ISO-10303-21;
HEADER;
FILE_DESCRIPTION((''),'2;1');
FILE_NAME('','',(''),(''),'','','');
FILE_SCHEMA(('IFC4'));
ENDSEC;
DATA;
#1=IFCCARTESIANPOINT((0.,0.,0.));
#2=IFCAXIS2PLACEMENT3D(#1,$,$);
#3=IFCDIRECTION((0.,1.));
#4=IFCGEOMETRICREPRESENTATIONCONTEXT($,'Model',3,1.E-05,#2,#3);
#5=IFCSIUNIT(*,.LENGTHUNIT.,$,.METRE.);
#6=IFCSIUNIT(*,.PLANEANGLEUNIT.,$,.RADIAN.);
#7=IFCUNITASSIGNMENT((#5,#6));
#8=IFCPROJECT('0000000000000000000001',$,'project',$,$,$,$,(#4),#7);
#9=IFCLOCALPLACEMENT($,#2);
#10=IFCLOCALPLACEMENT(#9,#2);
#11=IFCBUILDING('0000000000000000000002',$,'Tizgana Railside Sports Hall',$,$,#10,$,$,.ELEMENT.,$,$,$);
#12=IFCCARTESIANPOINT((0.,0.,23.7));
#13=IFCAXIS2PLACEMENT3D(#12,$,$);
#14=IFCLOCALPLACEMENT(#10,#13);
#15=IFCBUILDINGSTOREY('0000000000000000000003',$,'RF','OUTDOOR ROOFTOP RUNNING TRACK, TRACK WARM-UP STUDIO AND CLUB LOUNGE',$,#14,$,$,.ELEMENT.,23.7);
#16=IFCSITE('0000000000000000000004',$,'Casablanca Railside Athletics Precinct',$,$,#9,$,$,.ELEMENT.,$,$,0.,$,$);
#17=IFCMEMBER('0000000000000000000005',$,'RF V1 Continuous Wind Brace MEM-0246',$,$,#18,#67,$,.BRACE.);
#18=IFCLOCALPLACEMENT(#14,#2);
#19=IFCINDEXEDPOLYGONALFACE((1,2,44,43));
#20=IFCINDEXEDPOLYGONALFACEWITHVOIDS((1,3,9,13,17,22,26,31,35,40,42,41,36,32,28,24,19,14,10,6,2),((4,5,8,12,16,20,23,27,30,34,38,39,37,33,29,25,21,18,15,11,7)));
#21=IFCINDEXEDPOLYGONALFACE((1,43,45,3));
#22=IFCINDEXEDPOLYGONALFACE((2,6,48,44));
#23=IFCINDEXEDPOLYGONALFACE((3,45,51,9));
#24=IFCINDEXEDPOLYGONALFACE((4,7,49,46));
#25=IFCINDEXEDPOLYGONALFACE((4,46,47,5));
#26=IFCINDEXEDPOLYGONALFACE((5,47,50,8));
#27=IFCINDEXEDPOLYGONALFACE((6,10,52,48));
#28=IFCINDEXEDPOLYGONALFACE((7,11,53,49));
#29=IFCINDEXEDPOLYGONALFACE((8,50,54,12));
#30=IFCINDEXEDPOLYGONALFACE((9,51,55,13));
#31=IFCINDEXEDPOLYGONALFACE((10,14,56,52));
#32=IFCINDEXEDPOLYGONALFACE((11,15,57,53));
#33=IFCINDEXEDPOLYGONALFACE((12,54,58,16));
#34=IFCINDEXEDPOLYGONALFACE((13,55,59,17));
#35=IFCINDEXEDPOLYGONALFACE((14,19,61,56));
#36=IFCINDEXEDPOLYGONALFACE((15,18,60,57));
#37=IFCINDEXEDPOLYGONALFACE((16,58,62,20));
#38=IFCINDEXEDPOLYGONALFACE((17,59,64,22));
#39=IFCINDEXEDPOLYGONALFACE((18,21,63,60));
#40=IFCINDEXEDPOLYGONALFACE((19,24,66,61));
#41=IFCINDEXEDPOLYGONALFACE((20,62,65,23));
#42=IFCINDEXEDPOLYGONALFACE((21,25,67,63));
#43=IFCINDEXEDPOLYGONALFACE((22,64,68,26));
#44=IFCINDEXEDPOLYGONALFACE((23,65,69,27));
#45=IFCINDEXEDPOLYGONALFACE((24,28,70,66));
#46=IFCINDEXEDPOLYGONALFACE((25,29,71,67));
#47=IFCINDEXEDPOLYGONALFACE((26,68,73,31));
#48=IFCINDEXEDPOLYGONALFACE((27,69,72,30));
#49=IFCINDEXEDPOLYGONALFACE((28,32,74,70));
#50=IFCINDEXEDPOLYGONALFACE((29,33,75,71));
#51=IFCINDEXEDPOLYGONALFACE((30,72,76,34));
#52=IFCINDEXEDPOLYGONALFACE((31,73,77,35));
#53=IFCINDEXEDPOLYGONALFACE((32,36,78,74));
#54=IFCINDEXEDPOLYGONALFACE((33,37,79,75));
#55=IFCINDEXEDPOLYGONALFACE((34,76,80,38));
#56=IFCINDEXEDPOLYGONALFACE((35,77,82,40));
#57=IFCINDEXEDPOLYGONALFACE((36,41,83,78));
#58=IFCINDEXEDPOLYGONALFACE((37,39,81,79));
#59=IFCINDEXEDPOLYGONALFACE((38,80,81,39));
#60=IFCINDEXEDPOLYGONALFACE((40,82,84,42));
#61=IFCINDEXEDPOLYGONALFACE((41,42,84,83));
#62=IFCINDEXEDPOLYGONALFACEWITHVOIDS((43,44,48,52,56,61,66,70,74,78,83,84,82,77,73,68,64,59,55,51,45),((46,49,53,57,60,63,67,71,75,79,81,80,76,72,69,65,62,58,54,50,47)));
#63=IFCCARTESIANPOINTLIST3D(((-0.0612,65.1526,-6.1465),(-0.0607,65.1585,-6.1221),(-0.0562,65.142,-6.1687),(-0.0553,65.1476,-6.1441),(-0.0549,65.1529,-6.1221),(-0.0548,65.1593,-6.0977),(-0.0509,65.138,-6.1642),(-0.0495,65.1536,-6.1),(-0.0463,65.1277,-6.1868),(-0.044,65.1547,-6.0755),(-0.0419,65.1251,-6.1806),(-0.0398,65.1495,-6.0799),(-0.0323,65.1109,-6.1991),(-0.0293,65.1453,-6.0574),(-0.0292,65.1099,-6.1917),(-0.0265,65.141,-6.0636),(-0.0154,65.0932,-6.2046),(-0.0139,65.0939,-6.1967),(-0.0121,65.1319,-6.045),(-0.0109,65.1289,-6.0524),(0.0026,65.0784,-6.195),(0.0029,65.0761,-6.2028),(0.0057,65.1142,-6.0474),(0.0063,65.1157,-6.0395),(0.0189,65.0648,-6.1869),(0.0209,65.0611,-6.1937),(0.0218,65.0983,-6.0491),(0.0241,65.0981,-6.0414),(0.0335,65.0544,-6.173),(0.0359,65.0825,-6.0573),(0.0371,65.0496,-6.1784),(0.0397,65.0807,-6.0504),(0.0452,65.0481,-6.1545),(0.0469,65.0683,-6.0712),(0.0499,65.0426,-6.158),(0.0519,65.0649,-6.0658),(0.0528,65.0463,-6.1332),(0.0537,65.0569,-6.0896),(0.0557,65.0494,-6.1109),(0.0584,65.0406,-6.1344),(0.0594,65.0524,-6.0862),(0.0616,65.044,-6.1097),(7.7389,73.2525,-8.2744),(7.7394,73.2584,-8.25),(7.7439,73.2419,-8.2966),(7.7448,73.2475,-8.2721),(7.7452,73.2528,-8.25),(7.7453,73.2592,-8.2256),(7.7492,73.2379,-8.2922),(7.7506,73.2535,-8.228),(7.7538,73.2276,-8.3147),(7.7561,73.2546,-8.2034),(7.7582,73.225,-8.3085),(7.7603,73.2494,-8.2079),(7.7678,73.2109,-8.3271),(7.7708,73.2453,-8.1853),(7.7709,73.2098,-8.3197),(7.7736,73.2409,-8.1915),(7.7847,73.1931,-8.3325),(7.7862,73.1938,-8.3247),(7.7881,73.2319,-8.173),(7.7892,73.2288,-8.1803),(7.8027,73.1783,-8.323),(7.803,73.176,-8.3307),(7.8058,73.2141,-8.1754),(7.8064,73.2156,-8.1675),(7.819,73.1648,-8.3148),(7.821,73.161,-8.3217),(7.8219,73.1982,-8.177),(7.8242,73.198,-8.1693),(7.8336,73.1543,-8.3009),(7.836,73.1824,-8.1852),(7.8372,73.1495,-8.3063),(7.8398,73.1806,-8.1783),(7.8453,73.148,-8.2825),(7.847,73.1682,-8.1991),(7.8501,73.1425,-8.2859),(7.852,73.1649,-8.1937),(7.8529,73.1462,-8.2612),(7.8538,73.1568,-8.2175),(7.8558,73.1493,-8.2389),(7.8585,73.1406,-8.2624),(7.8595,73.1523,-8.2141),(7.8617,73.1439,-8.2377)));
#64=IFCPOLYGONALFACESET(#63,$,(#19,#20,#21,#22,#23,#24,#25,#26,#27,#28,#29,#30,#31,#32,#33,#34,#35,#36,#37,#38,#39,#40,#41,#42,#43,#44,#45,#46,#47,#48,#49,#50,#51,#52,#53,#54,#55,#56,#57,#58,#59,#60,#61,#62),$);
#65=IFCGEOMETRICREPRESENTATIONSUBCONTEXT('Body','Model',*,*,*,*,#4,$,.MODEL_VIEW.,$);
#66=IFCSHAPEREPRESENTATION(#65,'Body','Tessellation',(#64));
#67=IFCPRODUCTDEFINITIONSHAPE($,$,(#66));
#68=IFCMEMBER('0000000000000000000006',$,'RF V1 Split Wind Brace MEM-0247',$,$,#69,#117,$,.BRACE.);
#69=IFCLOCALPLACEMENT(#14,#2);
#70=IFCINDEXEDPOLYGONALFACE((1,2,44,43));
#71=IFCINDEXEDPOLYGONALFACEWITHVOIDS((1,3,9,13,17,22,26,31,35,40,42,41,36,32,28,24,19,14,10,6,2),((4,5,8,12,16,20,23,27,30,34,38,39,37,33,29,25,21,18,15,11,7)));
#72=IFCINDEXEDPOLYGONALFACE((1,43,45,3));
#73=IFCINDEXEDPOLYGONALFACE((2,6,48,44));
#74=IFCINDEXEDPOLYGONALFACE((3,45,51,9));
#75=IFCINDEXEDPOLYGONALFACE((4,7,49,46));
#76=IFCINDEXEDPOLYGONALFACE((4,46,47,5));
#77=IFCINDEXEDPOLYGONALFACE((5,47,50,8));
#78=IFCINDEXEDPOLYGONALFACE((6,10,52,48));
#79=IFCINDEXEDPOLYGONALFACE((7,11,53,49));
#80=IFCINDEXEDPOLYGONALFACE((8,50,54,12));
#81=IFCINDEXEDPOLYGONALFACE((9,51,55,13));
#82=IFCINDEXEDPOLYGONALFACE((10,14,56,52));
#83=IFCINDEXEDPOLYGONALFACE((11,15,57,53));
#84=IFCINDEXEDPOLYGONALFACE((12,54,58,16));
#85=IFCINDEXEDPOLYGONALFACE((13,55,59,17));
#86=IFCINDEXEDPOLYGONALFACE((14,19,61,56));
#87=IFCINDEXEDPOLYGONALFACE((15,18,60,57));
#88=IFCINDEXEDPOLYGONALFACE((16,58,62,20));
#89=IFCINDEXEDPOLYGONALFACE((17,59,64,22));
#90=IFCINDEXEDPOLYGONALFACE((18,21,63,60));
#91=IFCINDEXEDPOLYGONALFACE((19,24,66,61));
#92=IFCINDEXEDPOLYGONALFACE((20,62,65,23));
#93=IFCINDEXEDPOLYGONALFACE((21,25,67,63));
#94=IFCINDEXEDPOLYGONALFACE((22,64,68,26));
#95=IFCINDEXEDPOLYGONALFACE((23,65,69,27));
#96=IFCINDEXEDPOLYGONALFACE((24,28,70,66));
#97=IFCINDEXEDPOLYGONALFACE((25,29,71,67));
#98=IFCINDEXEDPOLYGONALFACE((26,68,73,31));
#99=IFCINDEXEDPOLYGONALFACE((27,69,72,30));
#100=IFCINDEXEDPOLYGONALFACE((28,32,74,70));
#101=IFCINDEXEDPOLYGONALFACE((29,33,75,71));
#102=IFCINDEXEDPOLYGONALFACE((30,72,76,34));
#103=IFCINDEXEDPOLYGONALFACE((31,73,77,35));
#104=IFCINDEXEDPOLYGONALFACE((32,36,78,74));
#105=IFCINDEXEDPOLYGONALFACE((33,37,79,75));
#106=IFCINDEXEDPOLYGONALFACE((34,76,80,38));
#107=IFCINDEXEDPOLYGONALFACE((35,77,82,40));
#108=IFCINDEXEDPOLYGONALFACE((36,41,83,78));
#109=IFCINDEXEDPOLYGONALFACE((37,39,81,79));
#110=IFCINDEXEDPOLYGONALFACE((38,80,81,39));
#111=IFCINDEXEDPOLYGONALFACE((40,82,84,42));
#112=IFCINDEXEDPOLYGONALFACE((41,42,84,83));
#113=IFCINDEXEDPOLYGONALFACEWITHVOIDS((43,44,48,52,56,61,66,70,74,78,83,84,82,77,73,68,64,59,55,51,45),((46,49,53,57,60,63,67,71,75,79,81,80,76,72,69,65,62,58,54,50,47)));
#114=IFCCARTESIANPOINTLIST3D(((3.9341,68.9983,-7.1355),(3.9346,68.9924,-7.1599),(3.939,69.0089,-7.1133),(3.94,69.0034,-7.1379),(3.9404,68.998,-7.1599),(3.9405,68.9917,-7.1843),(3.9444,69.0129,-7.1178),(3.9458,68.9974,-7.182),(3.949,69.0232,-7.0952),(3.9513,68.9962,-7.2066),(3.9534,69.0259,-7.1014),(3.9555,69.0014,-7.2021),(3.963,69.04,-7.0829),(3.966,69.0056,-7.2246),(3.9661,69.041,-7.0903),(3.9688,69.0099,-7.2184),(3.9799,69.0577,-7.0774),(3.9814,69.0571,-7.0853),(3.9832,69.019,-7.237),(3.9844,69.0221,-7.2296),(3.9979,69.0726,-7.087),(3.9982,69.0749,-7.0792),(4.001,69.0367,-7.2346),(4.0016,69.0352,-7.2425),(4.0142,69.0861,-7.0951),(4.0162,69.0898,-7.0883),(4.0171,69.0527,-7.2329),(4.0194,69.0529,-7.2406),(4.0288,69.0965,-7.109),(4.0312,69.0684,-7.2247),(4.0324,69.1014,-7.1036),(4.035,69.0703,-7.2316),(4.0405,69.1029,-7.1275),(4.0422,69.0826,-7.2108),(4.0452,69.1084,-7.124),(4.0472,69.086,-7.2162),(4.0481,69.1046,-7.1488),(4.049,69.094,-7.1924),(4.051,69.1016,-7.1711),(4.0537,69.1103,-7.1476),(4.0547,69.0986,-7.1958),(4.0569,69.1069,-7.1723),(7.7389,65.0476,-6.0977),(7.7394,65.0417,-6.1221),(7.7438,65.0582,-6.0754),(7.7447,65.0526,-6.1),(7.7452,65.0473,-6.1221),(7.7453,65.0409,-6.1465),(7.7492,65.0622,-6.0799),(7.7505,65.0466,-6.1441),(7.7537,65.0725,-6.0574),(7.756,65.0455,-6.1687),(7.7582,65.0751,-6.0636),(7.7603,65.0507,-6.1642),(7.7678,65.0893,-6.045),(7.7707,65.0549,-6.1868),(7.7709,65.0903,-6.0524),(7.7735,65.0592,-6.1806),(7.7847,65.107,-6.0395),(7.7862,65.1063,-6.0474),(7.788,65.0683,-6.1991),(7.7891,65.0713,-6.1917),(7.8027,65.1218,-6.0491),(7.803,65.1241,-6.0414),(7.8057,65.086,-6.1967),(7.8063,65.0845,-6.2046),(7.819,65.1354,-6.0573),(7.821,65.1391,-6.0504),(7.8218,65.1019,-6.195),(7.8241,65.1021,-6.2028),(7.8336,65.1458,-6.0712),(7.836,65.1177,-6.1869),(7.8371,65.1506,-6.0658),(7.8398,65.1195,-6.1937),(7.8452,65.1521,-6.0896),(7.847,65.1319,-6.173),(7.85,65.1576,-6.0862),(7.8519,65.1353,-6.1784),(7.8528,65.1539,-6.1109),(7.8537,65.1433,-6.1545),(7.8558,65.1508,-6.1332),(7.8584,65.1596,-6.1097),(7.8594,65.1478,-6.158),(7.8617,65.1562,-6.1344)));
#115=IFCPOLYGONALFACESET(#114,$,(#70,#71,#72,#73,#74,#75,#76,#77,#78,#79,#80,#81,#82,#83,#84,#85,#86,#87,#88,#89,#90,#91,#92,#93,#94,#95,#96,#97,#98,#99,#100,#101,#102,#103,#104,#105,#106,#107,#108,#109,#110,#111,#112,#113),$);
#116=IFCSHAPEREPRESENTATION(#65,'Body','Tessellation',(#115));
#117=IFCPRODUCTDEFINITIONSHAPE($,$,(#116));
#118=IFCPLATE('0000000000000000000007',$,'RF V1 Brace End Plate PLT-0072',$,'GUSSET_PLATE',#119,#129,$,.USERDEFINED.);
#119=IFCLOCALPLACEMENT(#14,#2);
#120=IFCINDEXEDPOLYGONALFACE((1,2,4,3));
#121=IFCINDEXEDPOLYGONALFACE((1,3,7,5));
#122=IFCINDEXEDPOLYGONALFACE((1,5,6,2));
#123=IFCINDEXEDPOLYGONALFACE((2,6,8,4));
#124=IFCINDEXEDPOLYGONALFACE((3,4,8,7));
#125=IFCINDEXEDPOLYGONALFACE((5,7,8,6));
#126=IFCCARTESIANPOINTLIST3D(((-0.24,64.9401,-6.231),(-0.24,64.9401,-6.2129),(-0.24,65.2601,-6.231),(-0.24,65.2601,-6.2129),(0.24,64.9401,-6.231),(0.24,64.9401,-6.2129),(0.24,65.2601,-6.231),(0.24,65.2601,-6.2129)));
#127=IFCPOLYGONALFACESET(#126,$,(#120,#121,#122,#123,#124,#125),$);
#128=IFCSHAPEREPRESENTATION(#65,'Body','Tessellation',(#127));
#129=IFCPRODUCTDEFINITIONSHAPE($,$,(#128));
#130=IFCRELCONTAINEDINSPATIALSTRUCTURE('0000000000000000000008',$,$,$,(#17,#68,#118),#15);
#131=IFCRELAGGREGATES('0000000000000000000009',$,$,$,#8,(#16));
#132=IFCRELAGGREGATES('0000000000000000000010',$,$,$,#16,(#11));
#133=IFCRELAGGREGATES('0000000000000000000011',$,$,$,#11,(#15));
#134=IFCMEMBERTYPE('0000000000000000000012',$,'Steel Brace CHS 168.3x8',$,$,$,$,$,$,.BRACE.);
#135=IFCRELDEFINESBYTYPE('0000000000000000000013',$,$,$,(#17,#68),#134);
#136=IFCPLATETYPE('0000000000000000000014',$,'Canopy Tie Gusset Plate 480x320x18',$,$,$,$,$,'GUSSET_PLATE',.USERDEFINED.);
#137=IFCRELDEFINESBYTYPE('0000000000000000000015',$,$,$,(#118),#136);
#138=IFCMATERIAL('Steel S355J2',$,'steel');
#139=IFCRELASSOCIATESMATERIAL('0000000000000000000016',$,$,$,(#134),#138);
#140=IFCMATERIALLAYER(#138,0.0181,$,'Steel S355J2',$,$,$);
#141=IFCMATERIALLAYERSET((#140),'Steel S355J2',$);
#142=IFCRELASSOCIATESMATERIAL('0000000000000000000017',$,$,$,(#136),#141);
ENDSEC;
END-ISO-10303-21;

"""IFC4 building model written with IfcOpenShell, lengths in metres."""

from ifc_helpers import new_model, si_unit, direction, frame, origin, origin_2d, place, context, subcontext, project, spatial, rectangle, hollow_circle, extrude, material, layer, layer_set, material_profile, profile_set, type_object, element, save


model = new_model("IFC4")

# Units and contexts
model_context = context("Model", 3, precision=1e-05, world=origin(), true_north=direction((0.0, 1.0)))
body_context = subcontext(model_context, "Body", "Model", "MODEL_VIEW")
ifc_project = project(units=[si_unit("LENGTHUNIT", "METRE"), si_unit("PLANEANGLEUNIT", "RADIAN")], contexts=[model_context])

# Site, building, storey
site_placement = place(None, origin())
site = spatial("IfcSite", under=ifc_project, at=site_placement, Name="Casablanca Railside Athletics Precinct", CompositionType="ELEMENT", RefElevation=0.0)
building_placement = place(site_placement, origin())
building = spatial("IfcBuilding", under=site, at=building_placement, Name="Tizgana Railside Sports Hall", CompositionType="ELEMENT")
storey_placement = place(building_placement, frame((0.0, 0.0, 23.7)))
storey = spatial("IfcBuildingStorey", under=building, at=storey_placement, Name="RF", Description="OUTDOOR ROOFTOP RUNNING TRACK, TRACK WARM-UP STUDIO AND CLUB LOUNGE", CompositionType="ELEMENT", Elevation=23.7)

# Members
ifc_material_1 = material(Name="Steel S355J2", Category="steel")
ifc_material_profile_1 = material_profile(ifc_material_1, hollow_circle(Radius=0.0842, WallThickness=0.0081, at=origin_2d()), Name="CHS 168.3x8")
ifc_profile_set_1 = profile_set([ifc_material_profile_1], Name="Steel S355J2")
member_type_1 = type_object("IfcMemberType", Name="Steel Brace CHS 168.3x8", PredefinedType="BRACE", material=ifc_profile_set_1)
member_1_placement = place(storey_placement, frame((0.0, 65.1001, -6.1221), z_axis=(0.681555, 0.707751, -0.185935), x_axis=(-0.720312, 0.69365, 0.0)))
element("IfcMember", 1, at=member_1_placement, inside=storey, type_object=member_type_1, Name="RF V1 Continuous Wind Brace MEM-0246", PredefinedType="BRACE", context=body_context, shape_type="SweptSolid", body=[
    extrude(hollow_circle(Radius=0.0842, WallThickness=0.0081, at=origin_2d()), origin(), (0.0, 0.0, 1.0), 11.4446),
])
member_2_placement = place(storey_placement, frame((7.8, 65.1001, -6.1221), z_axis=(-0.681578, 0.707732, -0.185921), x_axis=(-0.720291, -0.693672, 0.0)))
element("IfcMember", 2, at=member_2_placement, inside=storey, type_object=member_type_1, Name="RF V1 Split Wind Brace MEM-0247", PredefinedType="BRACE", context=body_context, shape_type="SweptSolid", body=[
    extrude(hollow_circle(Radius=0.0842, WallThickness=0.0081, at=origin_2d()), origin(), (0.0, 0.0, 1.0), 5.5823),
])

# Plate
ifc_layer = layer(ifc_material_1, 0.0181, Name="Steel S355J2")
ifc_layer_set = layer_set([ifc_layer], Name="Steel S355J2")
plate_type = type_object("IfcPlateType", Name="Canopy Tie Gusset Plate 480x320x18", ElementType="GUSSET_PLATE", PredefinedType="USERDEFINED", material=ifc_layer_set)
plate_placement = place(storey_placement, frame((0.0, 65.1001, -6.231), z_axis=(0.0, 0.0, 1.0), x_axis=(1.0, 0.0, 0.0)))
element("IfcPlate", 3, at=plate_placement, inside=storey, type_object=plate_type, Name="RF V1 Brace End Plate PLT-0072", ObjectType="GUSSET_PLATE", PredefinedType="USERDEFINED", context=body_context, shape_type="SweptSolid", body=[
    extrude(rectangle(XDim=0.48, YDim=0.3201, at=origin_2d()), origin(), (0.0, 0.0, 1.0), 0.0181),
])

save(model, "model.ifc")
